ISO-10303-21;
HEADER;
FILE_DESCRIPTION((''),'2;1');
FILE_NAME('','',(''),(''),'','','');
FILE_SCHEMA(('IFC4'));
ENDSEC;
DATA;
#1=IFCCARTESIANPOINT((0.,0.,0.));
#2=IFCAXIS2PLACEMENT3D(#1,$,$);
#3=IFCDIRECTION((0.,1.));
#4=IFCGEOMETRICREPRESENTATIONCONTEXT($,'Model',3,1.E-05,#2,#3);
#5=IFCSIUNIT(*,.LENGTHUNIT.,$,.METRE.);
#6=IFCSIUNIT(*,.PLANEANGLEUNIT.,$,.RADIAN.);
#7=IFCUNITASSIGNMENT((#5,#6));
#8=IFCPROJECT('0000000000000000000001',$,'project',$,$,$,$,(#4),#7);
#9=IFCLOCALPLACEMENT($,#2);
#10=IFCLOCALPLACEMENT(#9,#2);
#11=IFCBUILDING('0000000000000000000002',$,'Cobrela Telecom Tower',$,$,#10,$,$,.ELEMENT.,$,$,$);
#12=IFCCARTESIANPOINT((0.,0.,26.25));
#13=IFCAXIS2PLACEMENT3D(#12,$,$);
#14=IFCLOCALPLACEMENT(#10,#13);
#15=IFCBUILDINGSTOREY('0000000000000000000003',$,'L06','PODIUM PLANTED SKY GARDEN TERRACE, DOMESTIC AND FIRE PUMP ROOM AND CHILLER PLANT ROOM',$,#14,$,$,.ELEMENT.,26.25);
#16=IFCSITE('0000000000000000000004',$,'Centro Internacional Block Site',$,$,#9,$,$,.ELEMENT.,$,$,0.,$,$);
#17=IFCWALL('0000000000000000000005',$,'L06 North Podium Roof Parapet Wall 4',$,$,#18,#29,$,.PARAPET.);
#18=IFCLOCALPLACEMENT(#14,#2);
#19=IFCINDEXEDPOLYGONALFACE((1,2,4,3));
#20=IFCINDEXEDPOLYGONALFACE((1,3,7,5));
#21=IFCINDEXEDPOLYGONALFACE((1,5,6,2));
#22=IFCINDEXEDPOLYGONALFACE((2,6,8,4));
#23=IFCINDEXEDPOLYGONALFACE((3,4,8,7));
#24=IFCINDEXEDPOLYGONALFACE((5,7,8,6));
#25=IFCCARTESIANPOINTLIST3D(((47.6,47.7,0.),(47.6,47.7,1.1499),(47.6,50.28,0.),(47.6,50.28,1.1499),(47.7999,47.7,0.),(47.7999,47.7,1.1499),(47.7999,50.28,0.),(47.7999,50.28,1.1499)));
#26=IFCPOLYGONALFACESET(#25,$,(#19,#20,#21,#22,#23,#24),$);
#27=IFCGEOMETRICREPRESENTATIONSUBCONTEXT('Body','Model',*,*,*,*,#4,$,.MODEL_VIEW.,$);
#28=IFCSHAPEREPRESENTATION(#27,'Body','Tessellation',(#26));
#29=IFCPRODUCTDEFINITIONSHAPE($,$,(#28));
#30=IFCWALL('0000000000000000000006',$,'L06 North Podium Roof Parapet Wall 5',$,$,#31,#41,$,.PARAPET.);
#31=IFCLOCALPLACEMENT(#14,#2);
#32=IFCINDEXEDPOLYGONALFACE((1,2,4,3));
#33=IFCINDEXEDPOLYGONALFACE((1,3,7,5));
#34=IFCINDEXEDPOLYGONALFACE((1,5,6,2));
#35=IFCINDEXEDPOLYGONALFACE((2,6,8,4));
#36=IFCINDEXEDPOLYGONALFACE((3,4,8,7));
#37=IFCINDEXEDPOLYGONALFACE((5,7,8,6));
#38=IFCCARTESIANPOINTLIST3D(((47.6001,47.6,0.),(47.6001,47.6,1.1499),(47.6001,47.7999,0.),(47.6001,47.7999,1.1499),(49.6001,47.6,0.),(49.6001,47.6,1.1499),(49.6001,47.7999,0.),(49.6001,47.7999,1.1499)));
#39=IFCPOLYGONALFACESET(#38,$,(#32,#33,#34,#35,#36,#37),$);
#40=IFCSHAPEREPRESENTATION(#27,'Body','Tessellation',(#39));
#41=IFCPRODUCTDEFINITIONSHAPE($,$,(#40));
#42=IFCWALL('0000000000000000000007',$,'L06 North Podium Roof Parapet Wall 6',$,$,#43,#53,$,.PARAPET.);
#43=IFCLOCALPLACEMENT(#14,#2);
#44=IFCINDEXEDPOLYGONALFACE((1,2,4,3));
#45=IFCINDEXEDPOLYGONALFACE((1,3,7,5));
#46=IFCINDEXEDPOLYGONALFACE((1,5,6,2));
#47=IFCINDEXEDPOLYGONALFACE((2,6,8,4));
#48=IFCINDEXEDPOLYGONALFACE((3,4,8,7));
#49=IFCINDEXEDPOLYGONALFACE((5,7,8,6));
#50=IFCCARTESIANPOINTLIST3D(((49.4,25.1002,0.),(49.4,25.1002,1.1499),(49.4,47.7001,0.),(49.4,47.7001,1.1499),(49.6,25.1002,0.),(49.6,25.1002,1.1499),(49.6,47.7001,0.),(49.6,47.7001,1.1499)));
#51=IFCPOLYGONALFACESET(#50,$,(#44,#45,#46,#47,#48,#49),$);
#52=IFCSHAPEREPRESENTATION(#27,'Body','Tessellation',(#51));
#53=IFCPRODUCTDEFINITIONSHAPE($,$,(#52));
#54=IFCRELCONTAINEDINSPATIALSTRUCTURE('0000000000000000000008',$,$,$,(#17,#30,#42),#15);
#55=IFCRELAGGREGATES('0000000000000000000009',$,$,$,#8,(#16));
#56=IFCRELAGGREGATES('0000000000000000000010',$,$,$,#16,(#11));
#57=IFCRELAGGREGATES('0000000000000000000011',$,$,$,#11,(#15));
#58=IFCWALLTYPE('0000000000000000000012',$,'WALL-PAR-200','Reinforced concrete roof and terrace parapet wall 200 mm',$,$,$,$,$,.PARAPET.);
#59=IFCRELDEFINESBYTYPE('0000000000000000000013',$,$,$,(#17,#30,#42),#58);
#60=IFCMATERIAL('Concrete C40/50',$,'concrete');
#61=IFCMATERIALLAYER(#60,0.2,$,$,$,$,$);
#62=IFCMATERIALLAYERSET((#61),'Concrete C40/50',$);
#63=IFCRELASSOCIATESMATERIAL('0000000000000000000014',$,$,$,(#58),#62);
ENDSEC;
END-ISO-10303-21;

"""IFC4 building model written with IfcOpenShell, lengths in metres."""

from ifc_helpers import new_model, si_unit, direction, frame, frame_2d, origin, place, context, subcontext, project, spatial, rectangle, extrude, material, layer, layer_set, type_object, element, save


model = new_model("IFC4")

# Units and contexts
model_context = context("Model", 3, precision=1e-05, world=origin(), true_north=direction((0.0, 1.0)))
body_context = subcontext(model_context, "Body", "Model", "MODEL_VIEW")
ifc_project = project(units=[si_unit("LENGTHUNIT", "METRE"), si_unit("PLANEANGLEUNIT", "RADIAN")], contexts=[model_context])

# Site, building, storey
site_placement = place(None, origin())
site = spatial("IfcSite", under=ifc_project, at=site_placement, Name="Centro Internacional Block Site", CompositionType="ELEMENT", RefElevation=0.0)
building_placement = place(site_placement, origin())
building = spatial("IfcBuilding", under=site, at=building_placement, Name="Cobrela Telecom Tower", CompositionType="ELEMENT")
storey_placement = place(building_placement, frame((0.0, 0.0, 26.25)))
storey = spatial("IfcBuildingStorey", under=building, at=storey_placement, Name="L06", Description="PODIUM PLANTED SKY GARDEN TERRACE, DOMESTIC AND FIRE PUMP ROOM AND CHILLER PLANT ROOM", CompositionType="ELEMENT", Elevation=26.25)

# Shared definitions
ifc_material_1 = material(Name="Concrete C40/50", Category="concrete")

# Walls
ifc_layer_1 = layer(ifc_material_1, 0.2)
ifc_layer_set_1 = layer_set([ifc_layer_1], Name="Concrete C40/50")
wall_type_1 = type_object("IfcWallType", Name="WALL-PAR-200", Description="Reinforced concrete roof and terrace parapet wall 200 mm", PredefinedType="PARAPET", material=ifc_layer_set_1)
wall_1_placement = place(storey_placement, frame((47.7, 50.28, 0.0), z_axis=(0.0, 0.0, 1.0), x_axis=(0.0, -1.0, 0.0)))
element("IfcWall", 1, at=wall_1_placement, inside=storey, type_object=wall_type_1, Name="L06 North Podium Roof Parapet Wall 4", PredefinedType="PARAPET", context=body_context, shape_type="SweptSolid", body=[
    extrude(rectangle(XDim=2.5801, YDim=0.2, at=frame_2d((1.29, 0.0))), origin(), (0.0, 0.0, 1.0), 1.1499),
])
wall_2_placement = place(storey_placement, frame((47.6001, 47.7, 0.0), z_axis=(0.0, 0.0, 1.0), x_axis=(1.0, 0.0, 0.0)))
element("IfcWall", 2, at=wall_2_placement, inside=storey, type_object=wall_type_1, Name="L06 North Podium Roof Parapet Wall 5", PredefinedType="PARAPET", context=body_context, shape_type="SweptSolid", body=[
    extrude(rectangle(XDim=2.0, YDim=0.2, at=frame_2d((1.0, 0.0))), origin(), (0.0, 0.0, 1.0), 1.1499),
])
wall_3_placement = place(storey_placement, frame((49.5, 47.7, 0.0), z_axis=(0.0, 0.0, 1.0), x_axis=(0.0, -1.0, 0.0)))
element("IfcWall", 3, at=wall_3_placement, inside=storey, type_object=wall_type_1, Name="L06 North Podium Roof Parapet Wall 6", PredefinedType="PARAPET", context=body_context, shape_type="SweptSolid", body=[
    extrude(rectangle(XDim=22.5999, YDim=0.2, at=frame_2d((11.2998, 0.0))), origin(), (0.0, 0.0, 1.0), 1.1499),
])

save(model, "model.ifc")
